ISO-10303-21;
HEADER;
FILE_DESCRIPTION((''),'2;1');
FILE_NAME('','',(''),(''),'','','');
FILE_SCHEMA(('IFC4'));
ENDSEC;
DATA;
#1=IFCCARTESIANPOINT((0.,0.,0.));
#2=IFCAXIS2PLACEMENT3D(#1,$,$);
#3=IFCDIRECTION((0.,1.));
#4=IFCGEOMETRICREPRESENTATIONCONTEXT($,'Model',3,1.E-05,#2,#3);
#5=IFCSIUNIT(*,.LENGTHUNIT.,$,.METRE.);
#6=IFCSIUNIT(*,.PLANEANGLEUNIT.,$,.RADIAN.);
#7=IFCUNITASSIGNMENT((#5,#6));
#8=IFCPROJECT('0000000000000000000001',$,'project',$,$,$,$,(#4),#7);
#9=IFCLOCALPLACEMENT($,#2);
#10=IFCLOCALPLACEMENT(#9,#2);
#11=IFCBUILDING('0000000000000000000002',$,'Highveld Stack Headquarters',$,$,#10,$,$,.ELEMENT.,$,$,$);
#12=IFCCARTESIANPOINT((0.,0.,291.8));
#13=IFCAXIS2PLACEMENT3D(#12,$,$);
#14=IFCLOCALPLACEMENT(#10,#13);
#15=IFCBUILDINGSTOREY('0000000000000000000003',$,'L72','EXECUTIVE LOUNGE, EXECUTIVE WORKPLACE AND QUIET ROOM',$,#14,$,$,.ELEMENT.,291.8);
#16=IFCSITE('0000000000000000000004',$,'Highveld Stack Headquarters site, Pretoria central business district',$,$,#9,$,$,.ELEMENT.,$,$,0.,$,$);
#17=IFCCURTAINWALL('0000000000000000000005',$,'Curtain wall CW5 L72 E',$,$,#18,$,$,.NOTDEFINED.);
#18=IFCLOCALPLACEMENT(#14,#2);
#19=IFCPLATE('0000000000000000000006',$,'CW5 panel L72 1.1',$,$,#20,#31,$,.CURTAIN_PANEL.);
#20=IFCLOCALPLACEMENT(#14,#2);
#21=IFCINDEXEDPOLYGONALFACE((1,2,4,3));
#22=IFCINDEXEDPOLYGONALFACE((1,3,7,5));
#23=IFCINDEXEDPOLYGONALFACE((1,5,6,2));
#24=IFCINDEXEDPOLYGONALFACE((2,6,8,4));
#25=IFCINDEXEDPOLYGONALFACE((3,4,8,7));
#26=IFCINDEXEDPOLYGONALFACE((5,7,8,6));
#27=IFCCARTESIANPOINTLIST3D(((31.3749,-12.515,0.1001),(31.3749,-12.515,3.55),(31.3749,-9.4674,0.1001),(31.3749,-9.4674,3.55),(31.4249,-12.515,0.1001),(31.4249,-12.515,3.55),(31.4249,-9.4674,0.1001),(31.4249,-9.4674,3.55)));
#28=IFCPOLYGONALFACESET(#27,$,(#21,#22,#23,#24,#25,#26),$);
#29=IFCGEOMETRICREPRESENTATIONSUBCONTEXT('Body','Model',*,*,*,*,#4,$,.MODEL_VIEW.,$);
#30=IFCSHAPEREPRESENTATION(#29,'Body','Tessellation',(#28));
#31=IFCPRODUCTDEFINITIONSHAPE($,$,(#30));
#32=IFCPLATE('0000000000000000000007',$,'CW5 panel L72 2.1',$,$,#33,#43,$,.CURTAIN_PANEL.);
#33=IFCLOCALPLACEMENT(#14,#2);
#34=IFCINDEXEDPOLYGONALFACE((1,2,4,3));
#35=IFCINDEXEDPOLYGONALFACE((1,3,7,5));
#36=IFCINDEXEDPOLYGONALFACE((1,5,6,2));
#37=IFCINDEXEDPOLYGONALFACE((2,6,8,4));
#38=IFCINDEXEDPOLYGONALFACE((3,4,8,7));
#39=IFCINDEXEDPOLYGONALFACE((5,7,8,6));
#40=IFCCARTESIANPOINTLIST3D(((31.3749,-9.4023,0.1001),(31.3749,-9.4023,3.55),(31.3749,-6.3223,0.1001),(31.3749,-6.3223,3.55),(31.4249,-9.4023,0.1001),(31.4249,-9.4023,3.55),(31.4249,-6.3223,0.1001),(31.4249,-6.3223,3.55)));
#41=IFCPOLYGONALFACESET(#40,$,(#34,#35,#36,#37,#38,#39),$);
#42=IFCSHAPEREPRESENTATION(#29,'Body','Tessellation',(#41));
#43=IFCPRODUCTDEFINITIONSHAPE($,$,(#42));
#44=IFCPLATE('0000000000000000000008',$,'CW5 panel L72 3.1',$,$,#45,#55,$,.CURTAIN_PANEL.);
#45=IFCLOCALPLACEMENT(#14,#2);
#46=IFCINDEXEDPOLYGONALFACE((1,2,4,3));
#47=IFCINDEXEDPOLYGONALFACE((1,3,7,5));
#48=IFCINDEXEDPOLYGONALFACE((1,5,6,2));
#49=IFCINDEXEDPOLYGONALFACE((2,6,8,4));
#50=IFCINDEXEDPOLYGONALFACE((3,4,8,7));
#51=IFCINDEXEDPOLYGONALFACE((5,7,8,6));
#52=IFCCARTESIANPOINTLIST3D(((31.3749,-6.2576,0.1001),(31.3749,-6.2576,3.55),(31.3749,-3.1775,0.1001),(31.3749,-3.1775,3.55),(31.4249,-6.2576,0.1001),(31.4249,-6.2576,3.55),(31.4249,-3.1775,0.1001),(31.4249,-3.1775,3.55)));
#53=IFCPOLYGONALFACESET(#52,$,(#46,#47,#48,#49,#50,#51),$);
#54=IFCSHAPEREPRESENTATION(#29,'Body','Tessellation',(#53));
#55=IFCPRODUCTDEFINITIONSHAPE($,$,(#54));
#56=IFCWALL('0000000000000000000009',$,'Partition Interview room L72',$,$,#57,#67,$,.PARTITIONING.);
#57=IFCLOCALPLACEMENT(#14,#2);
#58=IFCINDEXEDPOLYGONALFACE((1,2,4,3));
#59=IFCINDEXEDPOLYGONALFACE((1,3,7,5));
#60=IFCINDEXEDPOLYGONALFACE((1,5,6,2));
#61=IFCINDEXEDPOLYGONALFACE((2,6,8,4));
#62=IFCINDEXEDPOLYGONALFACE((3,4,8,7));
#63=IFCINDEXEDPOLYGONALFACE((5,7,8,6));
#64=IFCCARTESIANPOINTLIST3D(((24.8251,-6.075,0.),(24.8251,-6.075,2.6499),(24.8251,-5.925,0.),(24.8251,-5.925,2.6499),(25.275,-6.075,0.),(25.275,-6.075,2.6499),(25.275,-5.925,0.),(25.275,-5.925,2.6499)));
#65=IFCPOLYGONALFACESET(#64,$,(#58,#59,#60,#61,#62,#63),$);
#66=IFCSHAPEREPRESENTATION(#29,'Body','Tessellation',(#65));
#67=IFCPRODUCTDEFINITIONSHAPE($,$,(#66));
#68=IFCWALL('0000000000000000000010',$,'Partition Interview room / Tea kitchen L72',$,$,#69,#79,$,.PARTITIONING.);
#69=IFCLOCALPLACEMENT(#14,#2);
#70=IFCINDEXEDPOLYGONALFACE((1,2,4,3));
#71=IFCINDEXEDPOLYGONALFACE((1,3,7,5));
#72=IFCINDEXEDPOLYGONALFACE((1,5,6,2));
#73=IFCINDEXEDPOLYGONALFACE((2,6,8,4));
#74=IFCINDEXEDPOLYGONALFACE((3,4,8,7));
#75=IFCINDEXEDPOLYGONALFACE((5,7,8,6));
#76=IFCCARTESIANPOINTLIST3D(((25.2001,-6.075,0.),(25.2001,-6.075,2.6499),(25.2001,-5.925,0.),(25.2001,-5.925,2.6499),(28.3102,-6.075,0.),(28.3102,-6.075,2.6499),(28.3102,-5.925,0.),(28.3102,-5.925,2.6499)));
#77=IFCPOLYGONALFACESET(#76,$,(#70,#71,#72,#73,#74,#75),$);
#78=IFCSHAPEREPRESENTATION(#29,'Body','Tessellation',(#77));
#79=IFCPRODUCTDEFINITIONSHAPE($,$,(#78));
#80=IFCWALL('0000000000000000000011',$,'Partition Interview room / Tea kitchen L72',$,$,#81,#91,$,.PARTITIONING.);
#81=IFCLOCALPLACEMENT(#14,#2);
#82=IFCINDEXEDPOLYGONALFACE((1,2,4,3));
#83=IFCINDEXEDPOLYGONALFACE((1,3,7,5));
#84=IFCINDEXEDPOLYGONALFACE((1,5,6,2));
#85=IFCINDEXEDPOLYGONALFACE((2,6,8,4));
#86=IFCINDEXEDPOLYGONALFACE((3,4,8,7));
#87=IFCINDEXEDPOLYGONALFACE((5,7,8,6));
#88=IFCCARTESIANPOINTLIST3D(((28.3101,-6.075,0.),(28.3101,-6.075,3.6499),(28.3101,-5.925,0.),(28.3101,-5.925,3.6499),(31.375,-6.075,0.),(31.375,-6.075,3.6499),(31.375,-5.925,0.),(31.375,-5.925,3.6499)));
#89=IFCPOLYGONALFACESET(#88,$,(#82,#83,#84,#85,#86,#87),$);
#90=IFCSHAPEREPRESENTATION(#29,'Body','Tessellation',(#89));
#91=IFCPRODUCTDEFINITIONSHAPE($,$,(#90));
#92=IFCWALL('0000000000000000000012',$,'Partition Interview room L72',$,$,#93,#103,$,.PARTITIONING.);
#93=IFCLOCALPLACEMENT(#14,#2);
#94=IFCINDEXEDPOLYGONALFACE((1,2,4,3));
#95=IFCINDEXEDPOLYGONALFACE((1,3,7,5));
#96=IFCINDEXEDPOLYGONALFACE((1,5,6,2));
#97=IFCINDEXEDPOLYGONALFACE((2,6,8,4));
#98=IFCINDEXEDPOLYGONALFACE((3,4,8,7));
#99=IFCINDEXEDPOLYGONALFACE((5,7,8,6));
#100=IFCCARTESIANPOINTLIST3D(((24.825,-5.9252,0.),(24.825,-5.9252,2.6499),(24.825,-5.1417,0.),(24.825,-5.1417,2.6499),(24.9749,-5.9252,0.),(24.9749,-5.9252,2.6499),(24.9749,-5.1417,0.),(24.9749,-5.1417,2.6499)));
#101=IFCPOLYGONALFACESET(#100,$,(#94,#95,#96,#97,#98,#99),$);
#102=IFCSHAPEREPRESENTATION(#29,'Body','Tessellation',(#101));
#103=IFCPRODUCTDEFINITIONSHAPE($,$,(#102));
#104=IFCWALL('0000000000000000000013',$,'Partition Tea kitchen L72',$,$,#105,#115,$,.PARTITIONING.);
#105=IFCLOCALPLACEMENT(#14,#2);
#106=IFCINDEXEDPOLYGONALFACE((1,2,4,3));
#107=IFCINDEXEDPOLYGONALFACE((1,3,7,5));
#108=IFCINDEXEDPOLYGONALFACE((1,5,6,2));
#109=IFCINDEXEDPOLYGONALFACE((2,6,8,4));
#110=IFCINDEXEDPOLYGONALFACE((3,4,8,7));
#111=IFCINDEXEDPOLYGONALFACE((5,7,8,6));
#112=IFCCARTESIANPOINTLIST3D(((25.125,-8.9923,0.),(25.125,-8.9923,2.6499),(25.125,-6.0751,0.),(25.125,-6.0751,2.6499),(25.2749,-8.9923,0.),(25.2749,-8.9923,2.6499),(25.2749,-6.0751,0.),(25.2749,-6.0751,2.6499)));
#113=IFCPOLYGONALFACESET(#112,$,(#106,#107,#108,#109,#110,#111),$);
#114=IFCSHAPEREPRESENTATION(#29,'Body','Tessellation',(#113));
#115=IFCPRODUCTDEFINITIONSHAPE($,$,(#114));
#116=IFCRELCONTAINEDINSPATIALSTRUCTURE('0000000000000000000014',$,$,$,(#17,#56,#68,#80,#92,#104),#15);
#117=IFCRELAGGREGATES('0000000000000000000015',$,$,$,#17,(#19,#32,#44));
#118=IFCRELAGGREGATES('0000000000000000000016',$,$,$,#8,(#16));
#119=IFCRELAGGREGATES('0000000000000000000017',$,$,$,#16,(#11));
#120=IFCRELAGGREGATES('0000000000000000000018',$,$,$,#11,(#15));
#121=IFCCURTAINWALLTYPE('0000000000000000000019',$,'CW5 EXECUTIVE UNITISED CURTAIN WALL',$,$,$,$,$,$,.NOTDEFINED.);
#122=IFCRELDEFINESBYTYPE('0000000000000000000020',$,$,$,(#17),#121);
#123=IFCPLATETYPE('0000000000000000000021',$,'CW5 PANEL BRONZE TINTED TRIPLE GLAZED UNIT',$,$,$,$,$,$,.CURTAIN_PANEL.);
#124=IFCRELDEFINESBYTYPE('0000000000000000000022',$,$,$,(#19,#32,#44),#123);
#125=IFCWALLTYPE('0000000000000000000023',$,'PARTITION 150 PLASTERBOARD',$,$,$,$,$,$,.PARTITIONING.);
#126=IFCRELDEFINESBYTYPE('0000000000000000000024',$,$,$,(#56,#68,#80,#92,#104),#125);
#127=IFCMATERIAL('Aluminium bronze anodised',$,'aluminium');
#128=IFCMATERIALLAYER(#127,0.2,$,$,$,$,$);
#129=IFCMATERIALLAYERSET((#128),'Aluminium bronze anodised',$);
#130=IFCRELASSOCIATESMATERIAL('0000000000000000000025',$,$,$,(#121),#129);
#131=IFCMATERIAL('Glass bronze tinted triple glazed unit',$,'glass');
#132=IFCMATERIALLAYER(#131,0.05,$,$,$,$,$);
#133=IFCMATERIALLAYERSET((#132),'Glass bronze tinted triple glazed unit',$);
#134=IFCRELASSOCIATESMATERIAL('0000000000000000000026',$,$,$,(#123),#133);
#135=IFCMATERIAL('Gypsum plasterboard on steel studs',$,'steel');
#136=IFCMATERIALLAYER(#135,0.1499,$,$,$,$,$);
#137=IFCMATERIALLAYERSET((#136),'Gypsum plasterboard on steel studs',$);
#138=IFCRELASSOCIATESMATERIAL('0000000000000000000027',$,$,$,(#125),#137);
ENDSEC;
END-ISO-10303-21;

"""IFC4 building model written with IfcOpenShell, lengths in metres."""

from ifc_helpers import new_model, si_unit, direction, frame, frame_2d, origin, origin_2d, place, context, subcontext, project, spatial, rectangle, extrude, material, layer, layer_set, type_object, element, aggregate, save


model = new_model("IFC4")

# Units and contexts
model_context = context("Model", 3, precision=1e-05, world=origin(), true_north=direction((0.0, 1.0)))
body_context = subcontext(model_context, "Body", "Model", "MODEL_VIEW")
ifc_project = project(units=[si_unit("LENGTHUNIT", "METRE"), si_unit("PLANEANGLEUNIT", "RADIAN")], contexts=[model_context])

# Site, building, storey
site_placement = place(None, origin())
site = spatial("IfcSite", under=ifc_project, at=site_placement, Name="Highveld Stack Headquarters site, Pretoria central business district", CompositionType="ELEMENT", RefElevation=0.0)
building_placement = place(site_placement, origin())
building = spatial("IfcBuilding", under=site, at=building_placement, Name="Highveld Stack Headquarters", CompositionType="ELEMENT")
storey_placement = place(building_placement, frame((0.0, 0.0, 291.8)))
storey = spatial("IfcBuildingStorey", under=building, at=storey_placement, Name="L72", Description="EXECUTIVE LOUNGE, EXECUTIVE WORKPLACE AND QUIET ROOM", CompositionType="ELEMENT", Elevation=291.8)

# Curtain wall
ifc_material_1 = material(Name="Aluminium bronze anodised", Category="aluminium")
ifc_layer_1 = layer(ifc_material_1, 0.2)
ifc_layer_set_1 = layer_set([ifc_layer_1], Name="Aluminium bronze anodised")
curtain_wall_type = type_object("IfcCurtainWallType", Name="CW5 EXECUTIVE UNITISED CURTAIN WALL", PredefinedType="NOTDEFINED", material=ifc_layer_set_1)
curtain_wall_placement = place(storey_placement, origin())
curtain_wall = element("IfcCurtainWall", 1, at=curtain_wall_placement, inside=storey, type_object=curtain_wall_type, Name="Curtain wall CW5 L72 E", PredefinedType="NOTDEFINED")

# Plates
ifc_material_2 = material(Name="Glass bronze tinted triple glazed unit", Category="glass")
ifc_layer_2 = layer(ifc_material_2, 0.05)
ifc_layer_set_2 = layer_set([ifc_layer_2], Name="Glass bronze tinted triple glazed unit")
plate_type = type_object("IfcPlateType", Name="CW5 PANEL BRONZE TINTED TRIPLE GLAZED UNIT", PredefinedType="CURTAIN_PANEL", material=ifc_layer_set_2)
plate_1_placement = place(storey_placement, frame((31.3999, -10.9912, 0.1001), z_axis=(0.0, 0.0, 1.0), x_axis=(0.0, 1.0, 0.0)))
plate_1 = element("IfcPlate", 2, at=plate_1_placement, type_object=plate_type, Name="CW5 panel L72 1.1", PredefinedType="CURTAIN_PANEL", context=body_context, shape_type="SweptSolid", body=[
    extrude(rectangle(XDim=3.0476, YDim=0.05, at=origin_2d()), origin(), (0.0, 0.0, 1.0), 3.45),
])
plate_2_placement = place(storey_placement, frame((31.3999, -7.8623, 0.1001), z_axis=(0.0, 0.0, 1.0), x_axis=(0.0, 1.0, 0.0)))
plate_2 = element("IfcPlate", 3, at=plate_2_placement, type_object=plate_type, Name="CW5 panel L72 2.1", PredefinedType="CURTAIN_PANEL", context=body_context, shape_type="SweptSolid", body=[
    extrude(rectangle(XDim=3.0801, YDim=0.05, at=origin_2d()), origin(), (0.0, 0.0, 1.0), 3.45),
])
plate_3_placement = place(storey_placement, frame((31.3999, -4.7175, 0.1001), z_axis=(0.0, 0.0, 1.0), x_axis=(0.0, 1.0, 0.0)))
plate_3 = element("IfcPlate", 4, at=plate_3_placement, type_object=plate_type, Name="CW5 panel L72 3.1", PredefinedType="CURTAIN_PANEL", context=body_context, shape_type="SweptSolid", body=[
    extrude(rectangle(XDim=3.0801, YDim=0.05, at=origin_2d()), origin(), (0.0, 0.0, 1.0), 3.45),
])
aggregate(curtain_wall, [plate_1, plate_2, plate_3])

# Walls
ifc_material_3 = material(Name="Gypsum plasterboard on steel studs", Category="steel")
ifc_layer_3 = layer(ifc_material_3, 0.1499)
ifc_layer_set_3 = layer_set([ifc_layer_3], Name="Gypsum plasterboard on steel studs")
wall_type = type_object("IfcWallType", Name="PARTITION 150 PLASTERBOARD", PredefinedType="PARTITIONING", material=ifc_layer_set_3)
wall_1_placement = place(storey_placement, frame((24.825, -6.0, 0.0), z_axis=(0.0, 0.0, 1.0), x_axis=(1.0, 0.0, 0.0)))
element("IfcWall", 5, at=wall_1_placement, inside=storey, type_object=wall_type, Name="Partition Interview room L72", PredefinedType="PARTITIONING", context=body_context, shape_type="SweptSolid", body=[
    extrude(rectangle(XDim=0.45, YDim=0.1499, at=frame_2d((0.2251, 0.0))), origin(), (0.0, 0.0, 1.0), 2.6499),
])
wall_2_placement = place(storey_placement, frame((25.2, -6.0, 0.0), z_axis=(0.0, 0.0, 1.0), x_axis=(1.0, 0.0, 0.0)))
element("IfcWall", 6, at=wall_2_placement, inside=storey, type_object=wall_type, Name="Partition Interview room / Tea kitchen L72", PredefinedType="PARTITIONING", context=body_context, shape_type="SweptSolid", body=[
    extrude(rectangle(XDim=3.1101, YDim=0.1499, at=frame_2d((1.5552, 0.0))), origin(), (0.0, 0.0, 1.0), 2.6499),
])
wall_3_placement = place(storey_placement, frame((28.3101, -6.0, 0.0), z_axis=(0.0, 0.0, 1.0), x_axis=(1.0, 0.0, 0.0)))
element("IfcWall", 7, at=wall_3_placement, inside=storey, type_object=wall_type, Name="Partition Interview room / Tea kitchen L72", PredefinedType="PARTITIONING", context=body_context, shape_type="SweptSolid", body=[
    extrude(rectangle(XDim=3.0649, YDim=0.1499, at=frame_2d((1.5325, 0.0))), origin(), (0.0, 0.0, 1.0), 3.6499),
])
wall_4_placement = place(storey_placement, frame((24.8999, -5.925, 0.0), z_axis=(0.0, 0.0, 1.0), x_axis=(0.0, 1.0, 0.0)))
element("IfcWall", 8, at=wall_4_placement, inside=storey, type_object=wall_type, Name="Partition Interview room L72", PredefinedType="PARTITIONING", context=body_context, shape_type="SweptSolid", body=[
    extrude(rectangle(XDim=0.7834, YDim=0.1499, at=frame_2d((0.3916, 0.0))), origin(), (0.0, 0.0, 1.0), 2.6499),
])

# Wall
wall_5_placement = place(storey_placement, frame((25.2, -8.9922, 0.0), z_axis=(0.0, 0.0, 1.0), x_axis=(0.0, 1.0, 0.0)))
element("IfcWall", 9, at=wall_5_placement, inside=storey, type_object=wall_type, Name="Partition Tea kitchen L72", PredefinedType="PARTITIONING", context=body_context, shape_type="SweptSolid", body=[
    extrude(rectangle(XDim=2.9172, YDim=0.1499, at=frame_2d((1.4585, 0.0))), origin(), (0.0, 0.0, 1.0), 2.6499),
])

save(model, "model.ifc")
